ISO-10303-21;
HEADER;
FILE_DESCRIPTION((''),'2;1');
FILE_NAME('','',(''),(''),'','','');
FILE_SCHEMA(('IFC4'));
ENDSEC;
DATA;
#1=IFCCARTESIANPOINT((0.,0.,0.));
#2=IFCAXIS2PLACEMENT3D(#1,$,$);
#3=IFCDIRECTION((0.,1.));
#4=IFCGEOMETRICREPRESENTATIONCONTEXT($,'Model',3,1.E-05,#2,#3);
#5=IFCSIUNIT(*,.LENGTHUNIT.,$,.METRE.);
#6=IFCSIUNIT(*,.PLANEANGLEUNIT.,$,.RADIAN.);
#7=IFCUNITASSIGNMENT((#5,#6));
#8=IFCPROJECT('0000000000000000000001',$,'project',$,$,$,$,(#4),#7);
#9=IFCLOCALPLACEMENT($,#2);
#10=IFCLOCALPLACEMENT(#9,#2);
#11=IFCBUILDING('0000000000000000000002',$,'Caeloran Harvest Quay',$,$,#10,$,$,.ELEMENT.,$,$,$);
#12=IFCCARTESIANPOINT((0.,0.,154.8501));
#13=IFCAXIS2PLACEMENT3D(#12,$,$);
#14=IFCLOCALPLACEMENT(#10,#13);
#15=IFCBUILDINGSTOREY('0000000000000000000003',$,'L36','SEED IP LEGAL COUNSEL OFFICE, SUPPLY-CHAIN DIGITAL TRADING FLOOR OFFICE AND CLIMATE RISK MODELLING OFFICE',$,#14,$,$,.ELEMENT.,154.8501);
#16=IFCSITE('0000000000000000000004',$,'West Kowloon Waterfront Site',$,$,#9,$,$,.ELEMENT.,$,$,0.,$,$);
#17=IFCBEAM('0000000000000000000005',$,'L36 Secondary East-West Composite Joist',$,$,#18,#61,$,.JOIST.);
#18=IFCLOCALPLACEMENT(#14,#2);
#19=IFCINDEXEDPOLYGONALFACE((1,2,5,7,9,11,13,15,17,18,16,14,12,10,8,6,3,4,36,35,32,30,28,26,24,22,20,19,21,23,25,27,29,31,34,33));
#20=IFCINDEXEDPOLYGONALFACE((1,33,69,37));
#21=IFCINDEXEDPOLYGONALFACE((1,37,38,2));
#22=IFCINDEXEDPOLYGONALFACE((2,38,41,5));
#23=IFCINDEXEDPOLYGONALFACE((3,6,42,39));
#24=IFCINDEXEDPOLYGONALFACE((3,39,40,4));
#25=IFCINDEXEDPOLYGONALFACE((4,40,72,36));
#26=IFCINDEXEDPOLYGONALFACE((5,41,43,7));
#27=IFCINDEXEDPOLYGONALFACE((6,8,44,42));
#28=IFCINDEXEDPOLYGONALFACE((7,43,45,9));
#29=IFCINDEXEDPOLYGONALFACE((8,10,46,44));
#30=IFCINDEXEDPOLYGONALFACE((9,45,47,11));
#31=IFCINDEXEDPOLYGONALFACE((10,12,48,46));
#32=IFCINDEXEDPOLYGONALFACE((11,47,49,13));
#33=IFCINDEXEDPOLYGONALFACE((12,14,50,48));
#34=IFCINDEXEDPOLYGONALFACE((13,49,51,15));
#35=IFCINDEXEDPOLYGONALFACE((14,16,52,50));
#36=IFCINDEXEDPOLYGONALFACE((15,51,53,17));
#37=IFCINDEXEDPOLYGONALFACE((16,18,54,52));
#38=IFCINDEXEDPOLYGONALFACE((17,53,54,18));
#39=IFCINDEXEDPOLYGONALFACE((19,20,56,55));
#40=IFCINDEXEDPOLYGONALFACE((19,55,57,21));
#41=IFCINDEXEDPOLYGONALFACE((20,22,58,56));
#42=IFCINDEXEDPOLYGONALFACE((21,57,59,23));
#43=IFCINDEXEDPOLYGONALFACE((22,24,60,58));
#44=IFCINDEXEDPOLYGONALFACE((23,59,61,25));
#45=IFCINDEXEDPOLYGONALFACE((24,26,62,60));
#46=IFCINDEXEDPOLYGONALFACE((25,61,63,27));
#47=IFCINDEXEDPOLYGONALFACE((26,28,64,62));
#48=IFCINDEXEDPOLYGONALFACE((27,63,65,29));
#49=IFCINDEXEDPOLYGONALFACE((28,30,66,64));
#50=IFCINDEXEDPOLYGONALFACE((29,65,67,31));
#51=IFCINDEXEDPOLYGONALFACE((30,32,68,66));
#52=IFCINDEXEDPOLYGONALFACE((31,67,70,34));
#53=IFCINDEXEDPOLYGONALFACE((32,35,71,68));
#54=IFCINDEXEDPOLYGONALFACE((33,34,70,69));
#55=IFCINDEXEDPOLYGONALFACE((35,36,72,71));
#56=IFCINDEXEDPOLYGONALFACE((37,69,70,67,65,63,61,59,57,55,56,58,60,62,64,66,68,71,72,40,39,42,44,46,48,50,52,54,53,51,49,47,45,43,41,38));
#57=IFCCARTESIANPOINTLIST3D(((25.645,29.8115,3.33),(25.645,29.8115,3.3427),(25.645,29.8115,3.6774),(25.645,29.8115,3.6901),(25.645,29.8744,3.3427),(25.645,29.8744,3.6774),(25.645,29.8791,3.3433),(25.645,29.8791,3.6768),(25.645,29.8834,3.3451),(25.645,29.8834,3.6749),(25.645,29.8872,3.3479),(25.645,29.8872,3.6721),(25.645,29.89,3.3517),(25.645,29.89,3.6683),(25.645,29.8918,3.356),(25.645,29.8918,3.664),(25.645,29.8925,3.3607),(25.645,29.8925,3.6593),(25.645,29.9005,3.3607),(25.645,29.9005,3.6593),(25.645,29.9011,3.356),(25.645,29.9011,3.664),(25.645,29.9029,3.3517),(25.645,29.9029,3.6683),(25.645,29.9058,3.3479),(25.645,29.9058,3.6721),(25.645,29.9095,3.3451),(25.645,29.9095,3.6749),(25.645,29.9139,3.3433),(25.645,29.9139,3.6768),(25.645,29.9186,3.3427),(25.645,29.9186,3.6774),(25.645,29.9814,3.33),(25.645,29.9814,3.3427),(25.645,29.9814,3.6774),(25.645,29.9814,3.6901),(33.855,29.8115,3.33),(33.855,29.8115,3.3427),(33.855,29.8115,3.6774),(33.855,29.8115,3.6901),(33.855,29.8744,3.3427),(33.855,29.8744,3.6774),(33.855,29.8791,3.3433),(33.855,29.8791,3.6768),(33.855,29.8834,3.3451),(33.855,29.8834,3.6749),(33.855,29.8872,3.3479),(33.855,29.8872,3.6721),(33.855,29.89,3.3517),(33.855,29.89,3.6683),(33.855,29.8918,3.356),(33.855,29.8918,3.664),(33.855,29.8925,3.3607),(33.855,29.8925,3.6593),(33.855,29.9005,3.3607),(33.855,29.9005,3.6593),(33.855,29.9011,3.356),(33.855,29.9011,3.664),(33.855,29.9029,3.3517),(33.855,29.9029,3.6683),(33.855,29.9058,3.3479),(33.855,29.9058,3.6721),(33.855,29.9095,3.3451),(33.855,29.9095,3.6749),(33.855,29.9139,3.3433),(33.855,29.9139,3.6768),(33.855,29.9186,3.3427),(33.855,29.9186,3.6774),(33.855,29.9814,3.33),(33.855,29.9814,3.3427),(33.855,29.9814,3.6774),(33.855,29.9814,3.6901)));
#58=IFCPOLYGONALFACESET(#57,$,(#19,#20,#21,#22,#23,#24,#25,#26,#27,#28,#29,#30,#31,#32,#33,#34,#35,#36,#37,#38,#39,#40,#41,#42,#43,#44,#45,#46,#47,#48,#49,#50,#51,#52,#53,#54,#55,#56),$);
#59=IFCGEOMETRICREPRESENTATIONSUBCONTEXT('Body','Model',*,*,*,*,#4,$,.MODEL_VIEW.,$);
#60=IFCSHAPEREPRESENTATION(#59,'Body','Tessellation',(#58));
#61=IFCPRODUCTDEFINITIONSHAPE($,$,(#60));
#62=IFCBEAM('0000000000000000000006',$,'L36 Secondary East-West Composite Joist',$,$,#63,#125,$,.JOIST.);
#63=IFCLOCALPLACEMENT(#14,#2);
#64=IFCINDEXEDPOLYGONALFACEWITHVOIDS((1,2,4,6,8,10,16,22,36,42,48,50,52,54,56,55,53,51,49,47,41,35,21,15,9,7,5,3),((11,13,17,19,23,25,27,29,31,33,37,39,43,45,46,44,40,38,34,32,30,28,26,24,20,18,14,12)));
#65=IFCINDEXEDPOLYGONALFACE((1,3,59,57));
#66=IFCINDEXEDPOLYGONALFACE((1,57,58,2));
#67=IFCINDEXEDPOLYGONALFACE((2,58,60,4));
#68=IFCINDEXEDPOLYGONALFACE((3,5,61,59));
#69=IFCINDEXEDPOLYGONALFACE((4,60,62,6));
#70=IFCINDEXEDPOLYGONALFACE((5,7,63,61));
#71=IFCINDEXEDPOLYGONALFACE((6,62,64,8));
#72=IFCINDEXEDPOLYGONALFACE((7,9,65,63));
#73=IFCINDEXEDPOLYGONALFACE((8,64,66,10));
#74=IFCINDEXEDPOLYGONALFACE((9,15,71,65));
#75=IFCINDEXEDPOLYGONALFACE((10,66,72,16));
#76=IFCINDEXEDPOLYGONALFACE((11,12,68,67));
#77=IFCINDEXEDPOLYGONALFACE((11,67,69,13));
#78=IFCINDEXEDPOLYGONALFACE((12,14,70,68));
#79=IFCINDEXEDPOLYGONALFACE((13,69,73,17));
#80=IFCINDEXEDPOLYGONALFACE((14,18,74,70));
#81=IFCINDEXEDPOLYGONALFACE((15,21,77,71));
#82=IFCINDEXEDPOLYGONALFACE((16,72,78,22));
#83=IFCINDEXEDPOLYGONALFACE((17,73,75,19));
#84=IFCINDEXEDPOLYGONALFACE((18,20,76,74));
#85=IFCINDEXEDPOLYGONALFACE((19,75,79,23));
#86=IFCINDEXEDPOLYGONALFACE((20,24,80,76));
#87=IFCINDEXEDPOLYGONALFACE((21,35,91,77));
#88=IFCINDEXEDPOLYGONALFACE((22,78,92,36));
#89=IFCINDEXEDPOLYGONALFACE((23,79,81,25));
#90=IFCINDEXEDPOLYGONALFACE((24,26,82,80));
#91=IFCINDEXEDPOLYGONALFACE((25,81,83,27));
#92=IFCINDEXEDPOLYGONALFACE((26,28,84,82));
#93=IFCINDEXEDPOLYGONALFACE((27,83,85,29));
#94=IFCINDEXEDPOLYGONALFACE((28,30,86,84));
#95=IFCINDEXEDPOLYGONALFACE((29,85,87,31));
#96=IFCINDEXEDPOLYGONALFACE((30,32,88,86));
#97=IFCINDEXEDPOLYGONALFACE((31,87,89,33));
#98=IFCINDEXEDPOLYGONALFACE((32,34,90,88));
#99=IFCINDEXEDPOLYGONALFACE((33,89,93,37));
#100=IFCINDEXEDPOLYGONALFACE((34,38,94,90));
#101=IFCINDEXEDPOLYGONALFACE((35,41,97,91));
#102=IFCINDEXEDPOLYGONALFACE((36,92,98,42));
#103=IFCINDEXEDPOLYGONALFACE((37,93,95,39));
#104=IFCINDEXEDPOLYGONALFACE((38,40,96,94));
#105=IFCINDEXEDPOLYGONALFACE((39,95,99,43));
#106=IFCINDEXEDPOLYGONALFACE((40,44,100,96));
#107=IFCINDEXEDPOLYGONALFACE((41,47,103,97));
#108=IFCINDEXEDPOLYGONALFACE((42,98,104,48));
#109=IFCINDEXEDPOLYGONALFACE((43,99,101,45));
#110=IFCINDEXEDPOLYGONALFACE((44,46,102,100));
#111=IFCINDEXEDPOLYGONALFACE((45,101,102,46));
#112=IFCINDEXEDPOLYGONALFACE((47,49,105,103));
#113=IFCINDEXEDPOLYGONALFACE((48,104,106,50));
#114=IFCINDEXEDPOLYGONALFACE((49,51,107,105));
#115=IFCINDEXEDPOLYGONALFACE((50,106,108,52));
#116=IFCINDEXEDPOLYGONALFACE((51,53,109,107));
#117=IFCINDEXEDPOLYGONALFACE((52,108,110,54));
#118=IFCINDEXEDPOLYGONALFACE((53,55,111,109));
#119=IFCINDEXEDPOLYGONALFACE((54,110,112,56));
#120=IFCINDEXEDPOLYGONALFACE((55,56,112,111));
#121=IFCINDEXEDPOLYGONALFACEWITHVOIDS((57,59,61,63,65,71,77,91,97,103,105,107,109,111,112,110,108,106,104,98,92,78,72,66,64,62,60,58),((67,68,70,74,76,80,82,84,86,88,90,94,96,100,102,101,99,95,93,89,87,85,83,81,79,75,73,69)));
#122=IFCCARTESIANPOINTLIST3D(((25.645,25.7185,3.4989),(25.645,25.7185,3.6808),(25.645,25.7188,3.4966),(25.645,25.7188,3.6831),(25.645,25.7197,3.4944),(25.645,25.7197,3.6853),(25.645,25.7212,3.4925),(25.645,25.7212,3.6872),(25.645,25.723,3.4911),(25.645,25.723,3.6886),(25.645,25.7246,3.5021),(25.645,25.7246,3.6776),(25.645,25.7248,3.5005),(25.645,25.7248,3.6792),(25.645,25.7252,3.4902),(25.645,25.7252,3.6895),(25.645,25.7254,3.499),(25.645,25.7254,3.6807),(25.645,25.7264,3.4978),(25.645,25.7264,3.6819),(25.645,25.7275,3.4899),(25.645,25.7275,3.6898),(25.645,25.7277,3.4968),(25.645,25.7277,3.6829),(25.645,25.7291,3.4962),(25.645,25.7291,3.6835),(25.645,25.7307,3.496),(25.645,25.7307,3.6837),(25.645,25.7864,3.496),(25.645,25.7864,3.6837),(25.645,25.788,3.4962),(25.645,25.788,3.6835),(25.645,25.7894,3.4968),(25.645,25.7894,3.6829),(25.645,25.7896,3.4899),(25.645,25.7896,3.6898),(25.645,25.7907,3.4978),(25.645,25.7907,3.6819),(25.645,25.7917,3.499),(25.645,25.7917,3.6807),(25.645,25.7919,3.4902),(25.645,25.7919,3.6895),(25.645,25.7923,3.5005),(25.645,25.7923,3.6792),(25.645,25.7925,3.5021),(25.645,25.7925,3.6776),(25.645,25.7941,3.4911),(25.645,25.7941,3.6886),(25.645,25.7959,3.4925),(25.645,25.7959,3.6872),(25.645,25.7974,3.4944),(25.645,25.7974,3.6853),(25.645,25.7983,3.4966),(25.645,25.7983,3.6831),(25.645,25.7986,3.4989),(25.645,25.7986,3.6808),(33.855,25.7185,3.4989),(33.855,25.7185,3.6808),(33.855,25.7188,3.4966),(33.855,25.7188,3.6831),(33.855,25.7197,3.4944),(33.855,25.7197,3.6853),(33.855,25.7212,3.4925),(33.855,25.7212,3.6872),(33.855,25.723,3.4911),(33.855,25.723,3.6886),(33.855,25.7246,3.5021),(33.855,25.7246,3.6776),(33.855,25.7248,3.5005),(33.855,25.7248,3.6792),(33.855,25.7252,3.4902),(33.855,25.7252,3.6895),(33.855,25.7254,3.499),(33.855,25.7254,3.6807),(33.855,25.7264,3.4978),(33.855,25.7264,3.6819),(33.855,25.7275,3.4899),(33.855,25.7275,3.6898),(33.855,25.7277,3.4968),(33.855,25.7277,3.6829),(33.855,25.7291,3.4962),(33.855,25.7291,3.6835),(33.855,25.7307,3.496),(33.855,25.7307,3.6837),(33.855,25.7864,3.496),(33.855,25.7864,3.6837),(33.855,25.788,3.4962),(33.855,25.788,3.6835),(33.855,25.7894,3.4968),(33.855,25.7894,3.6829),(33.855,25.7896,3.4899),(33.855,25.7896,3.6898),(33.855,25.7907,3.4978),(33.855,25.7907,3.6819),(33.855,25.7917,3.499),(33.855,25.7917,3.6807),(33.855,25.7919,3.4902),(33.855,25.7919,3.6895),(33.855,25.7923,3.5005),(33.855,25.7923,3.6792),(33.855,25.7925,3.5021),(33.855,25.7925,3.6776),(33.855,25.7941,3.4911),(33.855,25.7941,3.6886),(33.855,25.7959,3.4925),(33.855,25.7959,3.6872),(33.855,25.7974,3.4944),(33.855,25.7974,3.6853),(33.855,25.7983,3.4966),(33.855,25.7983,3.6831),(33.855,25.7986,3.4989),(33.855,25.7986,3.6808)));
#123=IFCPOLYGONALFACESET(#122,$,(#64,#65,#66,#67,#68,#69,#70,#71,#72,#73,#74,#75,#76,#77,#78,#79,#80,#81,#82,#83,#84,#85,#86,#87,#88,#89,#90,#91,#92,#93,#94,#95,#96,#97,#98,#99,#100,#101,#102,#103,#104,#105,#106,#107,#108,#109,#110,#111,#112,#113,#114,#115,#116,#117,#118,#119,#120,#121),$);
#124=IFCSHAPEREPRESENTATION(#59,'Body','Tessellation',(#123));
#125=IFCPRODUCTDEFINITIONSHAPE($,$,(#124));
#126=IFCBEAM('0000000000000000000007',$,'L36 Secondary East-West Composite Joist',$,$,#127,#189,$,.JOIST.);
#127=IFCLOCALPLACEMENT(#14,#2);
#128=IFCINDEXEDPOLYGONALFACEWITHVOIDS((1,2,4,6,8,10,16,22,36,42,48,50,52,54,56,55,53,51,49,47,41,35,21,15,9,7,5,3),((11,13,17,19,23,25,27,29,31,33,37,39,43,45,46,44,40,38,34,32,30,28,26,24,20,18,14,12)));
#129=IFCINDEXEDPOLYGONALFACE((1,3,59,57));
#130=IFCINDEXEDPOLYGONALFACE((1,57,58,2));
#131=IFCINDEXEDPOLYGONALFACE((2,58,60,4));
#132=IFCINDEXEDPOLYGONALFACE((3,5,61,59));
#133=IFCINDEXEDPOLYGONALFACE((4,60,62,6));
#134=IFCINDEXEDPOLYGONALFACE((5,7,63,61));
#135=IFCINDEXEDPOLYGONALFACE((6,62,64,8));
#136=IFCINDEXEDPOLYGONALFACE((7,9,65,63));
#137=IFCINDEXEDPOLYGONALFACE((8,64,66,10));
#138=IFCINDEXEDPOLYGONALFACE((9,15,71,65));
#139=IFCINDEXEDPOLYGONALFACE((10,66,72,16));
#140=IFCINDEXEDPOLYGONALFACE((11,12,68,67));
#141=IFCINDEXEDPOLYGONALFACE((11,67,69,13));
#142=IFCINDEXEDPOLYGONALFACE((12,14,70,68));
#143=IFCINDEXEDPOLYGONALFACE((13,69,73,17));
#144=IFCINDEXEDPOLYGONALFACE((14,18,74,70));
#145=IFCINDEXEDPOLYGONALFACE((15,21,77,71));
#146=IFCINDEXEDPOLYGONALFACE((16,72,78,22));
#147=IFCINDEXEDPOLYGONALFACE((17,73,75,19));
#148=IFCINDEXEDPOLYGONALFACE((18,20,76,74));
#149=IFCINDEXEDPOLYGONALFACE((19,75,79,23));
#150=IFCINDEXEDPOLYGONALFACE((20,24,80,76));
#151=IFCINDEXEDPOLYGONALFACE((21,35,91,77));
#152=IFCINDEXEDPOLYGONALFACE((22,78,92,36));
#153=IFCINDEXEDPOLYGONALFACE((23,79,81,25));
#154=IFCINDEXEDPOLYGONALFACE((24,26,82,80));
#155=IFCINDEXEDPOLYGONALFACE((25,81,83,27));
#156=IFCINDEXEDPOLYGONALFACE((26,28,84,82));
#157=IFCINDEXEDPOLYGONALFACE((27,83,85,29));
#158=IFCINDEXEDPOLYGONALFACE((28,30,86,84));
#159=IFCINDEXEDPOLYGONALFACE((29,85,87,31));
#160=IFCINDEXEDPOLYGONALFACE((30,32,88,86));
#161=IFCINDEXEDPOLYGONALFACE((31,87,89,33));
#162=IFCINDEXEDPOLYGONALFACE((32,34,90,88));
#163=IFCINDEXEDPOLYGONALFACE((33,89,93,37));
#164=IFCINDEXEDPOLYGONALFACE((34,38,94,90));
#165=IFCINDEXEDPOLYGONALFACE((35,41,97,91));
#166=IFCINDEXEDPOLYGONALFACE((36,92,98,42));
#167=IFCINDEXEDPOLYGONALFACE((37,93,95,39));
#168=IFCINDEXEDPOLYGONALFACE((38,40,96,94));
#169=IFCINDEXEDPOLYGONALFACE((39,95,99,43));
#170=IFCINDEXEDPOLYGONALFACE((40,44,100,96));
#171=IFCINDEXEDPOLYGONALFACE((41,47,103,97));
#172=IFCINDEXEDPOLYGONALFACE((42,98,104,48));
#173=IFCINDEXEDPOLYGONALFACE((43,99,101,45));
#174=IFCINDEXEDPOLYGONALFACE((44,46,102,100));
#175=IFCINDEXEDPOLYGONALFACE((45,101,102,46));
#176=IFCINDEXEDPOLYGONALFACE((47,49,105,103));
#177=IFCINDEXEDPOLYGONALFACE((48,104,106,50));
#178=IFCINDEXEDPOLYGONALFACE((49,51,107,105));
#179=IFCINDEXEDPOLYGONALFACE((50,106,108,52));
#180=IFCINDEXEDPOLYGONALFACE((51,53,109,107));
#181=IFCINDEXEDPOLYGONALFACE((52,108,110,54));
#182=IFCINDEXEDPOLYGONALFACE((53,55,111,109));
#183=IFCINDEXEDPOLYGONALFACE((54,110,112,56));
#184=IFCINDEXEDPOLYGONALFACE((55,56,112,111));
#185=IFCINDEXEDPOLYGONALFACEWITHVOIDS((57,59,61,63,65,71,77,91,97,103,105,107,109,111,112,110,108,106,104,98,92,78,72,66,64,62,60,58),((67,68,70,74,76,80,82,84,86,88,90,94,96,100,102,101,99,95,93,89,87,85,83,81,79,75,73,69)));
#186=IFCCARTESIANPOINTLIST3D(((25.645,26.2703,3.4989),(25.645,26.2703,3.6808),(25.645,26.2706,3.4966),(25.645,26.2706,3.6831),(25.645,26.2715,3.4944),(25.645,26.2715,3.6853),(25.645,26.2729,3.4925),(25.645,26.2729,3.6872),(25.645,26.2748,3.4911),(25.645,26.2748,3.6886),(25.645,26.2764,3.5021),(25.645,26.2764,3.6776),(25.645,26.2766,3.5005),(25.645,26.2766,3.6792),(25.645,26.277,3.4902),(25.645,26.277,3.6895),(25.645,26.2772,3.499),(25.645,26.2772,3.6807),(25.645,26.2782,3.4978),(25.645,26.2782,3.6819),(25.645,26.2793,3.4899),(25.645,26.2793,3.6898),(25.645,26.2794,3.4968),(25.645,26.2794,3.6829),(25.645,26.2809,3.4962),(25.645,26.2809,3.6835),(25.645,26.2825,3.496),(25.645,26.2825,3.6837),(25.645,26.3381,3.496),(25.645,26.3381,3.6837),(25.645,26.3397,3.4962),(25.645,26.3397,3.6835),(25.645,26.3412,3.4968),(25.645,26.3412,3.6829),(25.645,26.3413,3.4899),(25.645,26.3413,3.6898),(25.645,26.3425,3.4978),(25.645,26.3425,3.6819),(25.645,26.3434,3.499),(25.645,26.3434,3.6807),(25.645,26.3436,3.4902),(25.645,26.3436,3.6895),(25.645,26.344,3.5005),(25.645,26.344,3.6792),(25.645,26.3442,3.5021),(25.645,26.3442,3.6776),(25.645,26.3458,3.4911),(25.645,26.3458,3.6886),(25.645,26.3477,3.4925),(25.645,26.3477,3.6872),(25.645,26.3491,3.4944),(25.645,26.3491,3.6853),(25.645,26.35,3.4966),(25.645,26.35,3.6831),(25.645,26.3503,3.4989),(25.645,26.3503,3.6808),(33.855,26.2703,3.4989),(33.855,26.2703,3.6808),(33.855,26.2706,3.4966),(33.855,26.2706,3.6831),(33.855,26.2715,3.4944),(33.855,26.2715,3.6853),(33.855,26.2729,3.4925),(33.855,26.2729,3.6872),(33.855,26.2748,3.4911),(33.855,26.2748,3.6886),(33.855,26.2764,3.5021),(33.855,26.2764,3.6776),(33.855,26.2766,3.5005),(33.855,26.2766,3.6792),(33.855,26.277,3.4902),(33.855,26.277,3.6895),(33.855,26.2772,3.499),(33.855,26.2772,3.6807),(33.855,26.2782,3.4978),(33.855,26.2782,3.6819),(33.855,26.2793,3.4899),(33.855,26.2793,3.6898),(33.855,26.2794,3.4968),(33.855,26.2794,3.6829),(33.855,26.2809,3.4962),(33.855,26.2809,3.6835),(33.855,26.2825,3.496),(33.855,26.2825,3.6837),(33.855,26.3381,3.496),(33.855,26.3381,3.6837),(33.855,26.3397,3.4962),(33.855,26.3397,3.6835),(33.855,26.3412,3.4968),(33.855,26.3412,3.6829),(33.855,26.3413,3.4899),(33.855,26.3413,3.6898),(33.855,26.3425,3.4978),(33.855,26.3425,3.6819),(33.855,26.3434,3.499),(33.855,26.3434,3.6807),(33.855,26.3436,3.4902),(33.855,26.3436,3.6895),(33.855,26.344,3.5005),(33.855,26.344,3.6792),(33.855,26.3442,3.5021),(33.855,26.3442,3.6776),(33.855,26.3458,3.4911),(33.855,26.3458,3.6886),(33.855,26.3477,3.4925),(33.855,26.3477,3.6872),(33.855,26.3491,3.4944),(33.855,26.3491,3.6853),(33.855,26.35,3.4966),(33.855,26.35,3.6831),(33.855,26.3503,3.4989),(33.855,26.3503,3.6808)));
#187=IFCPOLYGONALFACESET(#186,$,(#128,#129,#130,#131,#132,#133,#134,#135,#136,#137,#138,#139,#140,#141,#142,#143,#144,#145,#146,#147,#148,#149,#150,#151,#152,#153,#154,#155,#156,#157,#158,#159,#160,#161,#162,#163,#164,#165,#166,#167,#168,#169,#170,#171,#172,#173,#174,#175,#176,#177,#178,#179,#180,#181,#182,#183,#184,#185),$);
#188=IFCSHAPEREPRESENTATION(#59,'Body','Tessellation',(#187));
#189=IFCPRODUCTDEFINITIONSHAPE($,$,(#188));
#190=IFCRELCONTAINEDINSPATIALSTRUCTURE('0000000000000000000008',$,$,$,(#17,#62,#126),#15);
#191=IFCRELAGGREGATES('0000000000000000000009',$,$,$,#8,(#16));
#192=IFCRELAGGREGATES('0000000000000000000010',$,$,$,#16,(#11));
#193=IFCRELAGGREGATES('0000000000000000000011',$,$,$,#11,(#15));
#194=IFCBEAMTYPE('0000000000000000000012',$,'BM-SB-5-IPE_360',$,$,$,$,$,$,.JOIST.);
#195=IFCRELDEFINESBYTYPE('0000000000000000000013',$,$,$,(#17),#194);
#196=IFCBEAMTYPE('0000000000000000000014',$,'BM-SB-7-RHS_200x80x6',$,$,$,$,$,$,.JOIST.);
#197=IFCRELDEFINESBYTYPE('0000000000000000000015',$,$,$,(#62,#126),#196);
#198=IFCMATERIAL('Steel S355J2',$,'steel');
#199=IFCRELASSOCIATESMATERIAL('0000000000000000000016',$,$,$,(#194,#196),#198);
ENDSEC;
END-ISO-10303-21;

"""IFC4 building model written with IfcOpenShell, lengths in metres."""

from ifc_helpers import new_model, si_unit, direction, frame, origin, origin_2d, place, context, subcontext, project, spatial, hollow_rectangle, i_section, extrude, material, material_profile, profile_set, type_object, element, save


model = new_model("IFC4")

# Units and contexts
model_context = context("Model", 3, precision=1e-05, world=origin(), true_north=direction((0.0, 1.0)))
body_context = subcontext(model_context, "Body", "Model", "MODEL_VIEW")
ifc_project = project(units=[si_unit("LENGTHUNIT", "METRE"), si_unit("PLANEANGLEUNIT", "RADIAN")], contexts=[model_context])

# Site, building, storey
site_placement = place(None, origin())
site = spatial("IfcSite", under=ifc_project, at=site_placement, Name="West Kowloon Waterfront Site", CompositionType="ELEMENT", RefElevation=0.0)
building_placement = place(site_placement, origin())
building = spatial("IfcBuilding", under=site, at=building_placement, Name="Caeloran Harvest Quay", CompositionType="ELEMENT")
storey_placement = place(building_placement, frame((0.0, 0.0, 154.8501)))
storey = spatial("IfcBuildingStorey", under=building, at=storey_placement, Name="L36", Description="SEED IP LEGAL COUNSEL OFFICE, SUPPLY-CHAIN DIGITAL TRADING FLOOR OFFICE AND CLIMATE RISK MODELLING OFFICE", CompositionType="ELEMENT", Elevation=154.8501)

# Beams
ifc_material_1 = material(Name="Steel S355J2", Category="steel")
ifc_material_profile_1 = material_profile(ifc_material_1, i_section(OverallWidth=0.1699, OverallDepth=0.3601, WebThickness=0.0081, FlangeThickness=0.0127, FilletRadius=0.0181, at=origin_2d()), Name="IPE 360")
ifc_profile_set_1 = profile_set([ifc_material_profile_1], Name="Steel S355J2")
beam_type_1 = type_object("IfcBeamType", Name="BM-SB-5-IPE_360", PredefinedType="JOIST", material=ifc_profile_set_1)
for number, where, z_axis, x_axis, name in (
    (1, (25.645, 29.8965, 3.51), (1.0, 0.0, 0.0), (0.0, 1.0, 0.0), "L36 Secondary East-West Composite Joist"),
):
    element("IfcBeam", number, at=place(storey_placement, frame(where, z_axis=z_axis, x_axis=x_axis)), inside=storey, type_object=beam_type_1, Name=name, PredefinedType="JOIST", context=body_context, shape_type="SweptSolid", body=[
        extrude(i_section(OverallWidth=0.1699, OverallDepth=0.3601, WebThickness=0.0081, FlangeThickness=0.0127, FilletRadius=0.0181, at=origin_2d()), origin(), (0.0, 0.0, 1.0), 8.21),
    ])
ifc_material_profile_2 = material_profile(ifc_material_1, hollow_rectangle(XDim=0.0801, YDim=0.2, WallThickness=0.0061, InnerFilletRadius=0.0061, OuterFilletRadius=0.009, at=origin_2d()), Name="RHS 200x80x6")
ifc_profile_set_2 = profile_set([ifc_material_profile_2], Name="Steel S355J2")
beam_type_2 = type_object("IfcBeamType", Name="BM-SB-7-RHS_200x80x6", PredefinedType="JOIST", material=ifc_profile_set_2)
for number, where, z_axis, x_axis, name in (
    (2, (25.645, 25.7585, 3.5898), (1.0, 0.0, 0.0), (0.0, 1.0, 0.0), "L36 Secondary East-West Composite Joist"),
    (3, (25.645, 26.3103, 3.5898), (1.0, 0.0, 0.0), (0.0, 1.0, 0.0), "L36 Secondary East-West Composite Joist"),
):
    element("IfcBeam", number, at=place(storey_placement, frame(where, z_axis=z_axis, x_axis=x_axis)), inside=storey, type_object=beam_type_2, Name=name, PredefinedType="JOIST", context=body_context, shape_type="SweptSolid", body=[
        extrude(hollow_rectangle(XDim=0.0801, YDim=0.2, WallThickness=0.0061, InnerFilletRadius=0.0061, OuterFilletRadius=0.009, at=origin_2d()), origin(), (0.0, 0.0, 1.0), 8.21),
    ])

save(model, "model.ifc")
